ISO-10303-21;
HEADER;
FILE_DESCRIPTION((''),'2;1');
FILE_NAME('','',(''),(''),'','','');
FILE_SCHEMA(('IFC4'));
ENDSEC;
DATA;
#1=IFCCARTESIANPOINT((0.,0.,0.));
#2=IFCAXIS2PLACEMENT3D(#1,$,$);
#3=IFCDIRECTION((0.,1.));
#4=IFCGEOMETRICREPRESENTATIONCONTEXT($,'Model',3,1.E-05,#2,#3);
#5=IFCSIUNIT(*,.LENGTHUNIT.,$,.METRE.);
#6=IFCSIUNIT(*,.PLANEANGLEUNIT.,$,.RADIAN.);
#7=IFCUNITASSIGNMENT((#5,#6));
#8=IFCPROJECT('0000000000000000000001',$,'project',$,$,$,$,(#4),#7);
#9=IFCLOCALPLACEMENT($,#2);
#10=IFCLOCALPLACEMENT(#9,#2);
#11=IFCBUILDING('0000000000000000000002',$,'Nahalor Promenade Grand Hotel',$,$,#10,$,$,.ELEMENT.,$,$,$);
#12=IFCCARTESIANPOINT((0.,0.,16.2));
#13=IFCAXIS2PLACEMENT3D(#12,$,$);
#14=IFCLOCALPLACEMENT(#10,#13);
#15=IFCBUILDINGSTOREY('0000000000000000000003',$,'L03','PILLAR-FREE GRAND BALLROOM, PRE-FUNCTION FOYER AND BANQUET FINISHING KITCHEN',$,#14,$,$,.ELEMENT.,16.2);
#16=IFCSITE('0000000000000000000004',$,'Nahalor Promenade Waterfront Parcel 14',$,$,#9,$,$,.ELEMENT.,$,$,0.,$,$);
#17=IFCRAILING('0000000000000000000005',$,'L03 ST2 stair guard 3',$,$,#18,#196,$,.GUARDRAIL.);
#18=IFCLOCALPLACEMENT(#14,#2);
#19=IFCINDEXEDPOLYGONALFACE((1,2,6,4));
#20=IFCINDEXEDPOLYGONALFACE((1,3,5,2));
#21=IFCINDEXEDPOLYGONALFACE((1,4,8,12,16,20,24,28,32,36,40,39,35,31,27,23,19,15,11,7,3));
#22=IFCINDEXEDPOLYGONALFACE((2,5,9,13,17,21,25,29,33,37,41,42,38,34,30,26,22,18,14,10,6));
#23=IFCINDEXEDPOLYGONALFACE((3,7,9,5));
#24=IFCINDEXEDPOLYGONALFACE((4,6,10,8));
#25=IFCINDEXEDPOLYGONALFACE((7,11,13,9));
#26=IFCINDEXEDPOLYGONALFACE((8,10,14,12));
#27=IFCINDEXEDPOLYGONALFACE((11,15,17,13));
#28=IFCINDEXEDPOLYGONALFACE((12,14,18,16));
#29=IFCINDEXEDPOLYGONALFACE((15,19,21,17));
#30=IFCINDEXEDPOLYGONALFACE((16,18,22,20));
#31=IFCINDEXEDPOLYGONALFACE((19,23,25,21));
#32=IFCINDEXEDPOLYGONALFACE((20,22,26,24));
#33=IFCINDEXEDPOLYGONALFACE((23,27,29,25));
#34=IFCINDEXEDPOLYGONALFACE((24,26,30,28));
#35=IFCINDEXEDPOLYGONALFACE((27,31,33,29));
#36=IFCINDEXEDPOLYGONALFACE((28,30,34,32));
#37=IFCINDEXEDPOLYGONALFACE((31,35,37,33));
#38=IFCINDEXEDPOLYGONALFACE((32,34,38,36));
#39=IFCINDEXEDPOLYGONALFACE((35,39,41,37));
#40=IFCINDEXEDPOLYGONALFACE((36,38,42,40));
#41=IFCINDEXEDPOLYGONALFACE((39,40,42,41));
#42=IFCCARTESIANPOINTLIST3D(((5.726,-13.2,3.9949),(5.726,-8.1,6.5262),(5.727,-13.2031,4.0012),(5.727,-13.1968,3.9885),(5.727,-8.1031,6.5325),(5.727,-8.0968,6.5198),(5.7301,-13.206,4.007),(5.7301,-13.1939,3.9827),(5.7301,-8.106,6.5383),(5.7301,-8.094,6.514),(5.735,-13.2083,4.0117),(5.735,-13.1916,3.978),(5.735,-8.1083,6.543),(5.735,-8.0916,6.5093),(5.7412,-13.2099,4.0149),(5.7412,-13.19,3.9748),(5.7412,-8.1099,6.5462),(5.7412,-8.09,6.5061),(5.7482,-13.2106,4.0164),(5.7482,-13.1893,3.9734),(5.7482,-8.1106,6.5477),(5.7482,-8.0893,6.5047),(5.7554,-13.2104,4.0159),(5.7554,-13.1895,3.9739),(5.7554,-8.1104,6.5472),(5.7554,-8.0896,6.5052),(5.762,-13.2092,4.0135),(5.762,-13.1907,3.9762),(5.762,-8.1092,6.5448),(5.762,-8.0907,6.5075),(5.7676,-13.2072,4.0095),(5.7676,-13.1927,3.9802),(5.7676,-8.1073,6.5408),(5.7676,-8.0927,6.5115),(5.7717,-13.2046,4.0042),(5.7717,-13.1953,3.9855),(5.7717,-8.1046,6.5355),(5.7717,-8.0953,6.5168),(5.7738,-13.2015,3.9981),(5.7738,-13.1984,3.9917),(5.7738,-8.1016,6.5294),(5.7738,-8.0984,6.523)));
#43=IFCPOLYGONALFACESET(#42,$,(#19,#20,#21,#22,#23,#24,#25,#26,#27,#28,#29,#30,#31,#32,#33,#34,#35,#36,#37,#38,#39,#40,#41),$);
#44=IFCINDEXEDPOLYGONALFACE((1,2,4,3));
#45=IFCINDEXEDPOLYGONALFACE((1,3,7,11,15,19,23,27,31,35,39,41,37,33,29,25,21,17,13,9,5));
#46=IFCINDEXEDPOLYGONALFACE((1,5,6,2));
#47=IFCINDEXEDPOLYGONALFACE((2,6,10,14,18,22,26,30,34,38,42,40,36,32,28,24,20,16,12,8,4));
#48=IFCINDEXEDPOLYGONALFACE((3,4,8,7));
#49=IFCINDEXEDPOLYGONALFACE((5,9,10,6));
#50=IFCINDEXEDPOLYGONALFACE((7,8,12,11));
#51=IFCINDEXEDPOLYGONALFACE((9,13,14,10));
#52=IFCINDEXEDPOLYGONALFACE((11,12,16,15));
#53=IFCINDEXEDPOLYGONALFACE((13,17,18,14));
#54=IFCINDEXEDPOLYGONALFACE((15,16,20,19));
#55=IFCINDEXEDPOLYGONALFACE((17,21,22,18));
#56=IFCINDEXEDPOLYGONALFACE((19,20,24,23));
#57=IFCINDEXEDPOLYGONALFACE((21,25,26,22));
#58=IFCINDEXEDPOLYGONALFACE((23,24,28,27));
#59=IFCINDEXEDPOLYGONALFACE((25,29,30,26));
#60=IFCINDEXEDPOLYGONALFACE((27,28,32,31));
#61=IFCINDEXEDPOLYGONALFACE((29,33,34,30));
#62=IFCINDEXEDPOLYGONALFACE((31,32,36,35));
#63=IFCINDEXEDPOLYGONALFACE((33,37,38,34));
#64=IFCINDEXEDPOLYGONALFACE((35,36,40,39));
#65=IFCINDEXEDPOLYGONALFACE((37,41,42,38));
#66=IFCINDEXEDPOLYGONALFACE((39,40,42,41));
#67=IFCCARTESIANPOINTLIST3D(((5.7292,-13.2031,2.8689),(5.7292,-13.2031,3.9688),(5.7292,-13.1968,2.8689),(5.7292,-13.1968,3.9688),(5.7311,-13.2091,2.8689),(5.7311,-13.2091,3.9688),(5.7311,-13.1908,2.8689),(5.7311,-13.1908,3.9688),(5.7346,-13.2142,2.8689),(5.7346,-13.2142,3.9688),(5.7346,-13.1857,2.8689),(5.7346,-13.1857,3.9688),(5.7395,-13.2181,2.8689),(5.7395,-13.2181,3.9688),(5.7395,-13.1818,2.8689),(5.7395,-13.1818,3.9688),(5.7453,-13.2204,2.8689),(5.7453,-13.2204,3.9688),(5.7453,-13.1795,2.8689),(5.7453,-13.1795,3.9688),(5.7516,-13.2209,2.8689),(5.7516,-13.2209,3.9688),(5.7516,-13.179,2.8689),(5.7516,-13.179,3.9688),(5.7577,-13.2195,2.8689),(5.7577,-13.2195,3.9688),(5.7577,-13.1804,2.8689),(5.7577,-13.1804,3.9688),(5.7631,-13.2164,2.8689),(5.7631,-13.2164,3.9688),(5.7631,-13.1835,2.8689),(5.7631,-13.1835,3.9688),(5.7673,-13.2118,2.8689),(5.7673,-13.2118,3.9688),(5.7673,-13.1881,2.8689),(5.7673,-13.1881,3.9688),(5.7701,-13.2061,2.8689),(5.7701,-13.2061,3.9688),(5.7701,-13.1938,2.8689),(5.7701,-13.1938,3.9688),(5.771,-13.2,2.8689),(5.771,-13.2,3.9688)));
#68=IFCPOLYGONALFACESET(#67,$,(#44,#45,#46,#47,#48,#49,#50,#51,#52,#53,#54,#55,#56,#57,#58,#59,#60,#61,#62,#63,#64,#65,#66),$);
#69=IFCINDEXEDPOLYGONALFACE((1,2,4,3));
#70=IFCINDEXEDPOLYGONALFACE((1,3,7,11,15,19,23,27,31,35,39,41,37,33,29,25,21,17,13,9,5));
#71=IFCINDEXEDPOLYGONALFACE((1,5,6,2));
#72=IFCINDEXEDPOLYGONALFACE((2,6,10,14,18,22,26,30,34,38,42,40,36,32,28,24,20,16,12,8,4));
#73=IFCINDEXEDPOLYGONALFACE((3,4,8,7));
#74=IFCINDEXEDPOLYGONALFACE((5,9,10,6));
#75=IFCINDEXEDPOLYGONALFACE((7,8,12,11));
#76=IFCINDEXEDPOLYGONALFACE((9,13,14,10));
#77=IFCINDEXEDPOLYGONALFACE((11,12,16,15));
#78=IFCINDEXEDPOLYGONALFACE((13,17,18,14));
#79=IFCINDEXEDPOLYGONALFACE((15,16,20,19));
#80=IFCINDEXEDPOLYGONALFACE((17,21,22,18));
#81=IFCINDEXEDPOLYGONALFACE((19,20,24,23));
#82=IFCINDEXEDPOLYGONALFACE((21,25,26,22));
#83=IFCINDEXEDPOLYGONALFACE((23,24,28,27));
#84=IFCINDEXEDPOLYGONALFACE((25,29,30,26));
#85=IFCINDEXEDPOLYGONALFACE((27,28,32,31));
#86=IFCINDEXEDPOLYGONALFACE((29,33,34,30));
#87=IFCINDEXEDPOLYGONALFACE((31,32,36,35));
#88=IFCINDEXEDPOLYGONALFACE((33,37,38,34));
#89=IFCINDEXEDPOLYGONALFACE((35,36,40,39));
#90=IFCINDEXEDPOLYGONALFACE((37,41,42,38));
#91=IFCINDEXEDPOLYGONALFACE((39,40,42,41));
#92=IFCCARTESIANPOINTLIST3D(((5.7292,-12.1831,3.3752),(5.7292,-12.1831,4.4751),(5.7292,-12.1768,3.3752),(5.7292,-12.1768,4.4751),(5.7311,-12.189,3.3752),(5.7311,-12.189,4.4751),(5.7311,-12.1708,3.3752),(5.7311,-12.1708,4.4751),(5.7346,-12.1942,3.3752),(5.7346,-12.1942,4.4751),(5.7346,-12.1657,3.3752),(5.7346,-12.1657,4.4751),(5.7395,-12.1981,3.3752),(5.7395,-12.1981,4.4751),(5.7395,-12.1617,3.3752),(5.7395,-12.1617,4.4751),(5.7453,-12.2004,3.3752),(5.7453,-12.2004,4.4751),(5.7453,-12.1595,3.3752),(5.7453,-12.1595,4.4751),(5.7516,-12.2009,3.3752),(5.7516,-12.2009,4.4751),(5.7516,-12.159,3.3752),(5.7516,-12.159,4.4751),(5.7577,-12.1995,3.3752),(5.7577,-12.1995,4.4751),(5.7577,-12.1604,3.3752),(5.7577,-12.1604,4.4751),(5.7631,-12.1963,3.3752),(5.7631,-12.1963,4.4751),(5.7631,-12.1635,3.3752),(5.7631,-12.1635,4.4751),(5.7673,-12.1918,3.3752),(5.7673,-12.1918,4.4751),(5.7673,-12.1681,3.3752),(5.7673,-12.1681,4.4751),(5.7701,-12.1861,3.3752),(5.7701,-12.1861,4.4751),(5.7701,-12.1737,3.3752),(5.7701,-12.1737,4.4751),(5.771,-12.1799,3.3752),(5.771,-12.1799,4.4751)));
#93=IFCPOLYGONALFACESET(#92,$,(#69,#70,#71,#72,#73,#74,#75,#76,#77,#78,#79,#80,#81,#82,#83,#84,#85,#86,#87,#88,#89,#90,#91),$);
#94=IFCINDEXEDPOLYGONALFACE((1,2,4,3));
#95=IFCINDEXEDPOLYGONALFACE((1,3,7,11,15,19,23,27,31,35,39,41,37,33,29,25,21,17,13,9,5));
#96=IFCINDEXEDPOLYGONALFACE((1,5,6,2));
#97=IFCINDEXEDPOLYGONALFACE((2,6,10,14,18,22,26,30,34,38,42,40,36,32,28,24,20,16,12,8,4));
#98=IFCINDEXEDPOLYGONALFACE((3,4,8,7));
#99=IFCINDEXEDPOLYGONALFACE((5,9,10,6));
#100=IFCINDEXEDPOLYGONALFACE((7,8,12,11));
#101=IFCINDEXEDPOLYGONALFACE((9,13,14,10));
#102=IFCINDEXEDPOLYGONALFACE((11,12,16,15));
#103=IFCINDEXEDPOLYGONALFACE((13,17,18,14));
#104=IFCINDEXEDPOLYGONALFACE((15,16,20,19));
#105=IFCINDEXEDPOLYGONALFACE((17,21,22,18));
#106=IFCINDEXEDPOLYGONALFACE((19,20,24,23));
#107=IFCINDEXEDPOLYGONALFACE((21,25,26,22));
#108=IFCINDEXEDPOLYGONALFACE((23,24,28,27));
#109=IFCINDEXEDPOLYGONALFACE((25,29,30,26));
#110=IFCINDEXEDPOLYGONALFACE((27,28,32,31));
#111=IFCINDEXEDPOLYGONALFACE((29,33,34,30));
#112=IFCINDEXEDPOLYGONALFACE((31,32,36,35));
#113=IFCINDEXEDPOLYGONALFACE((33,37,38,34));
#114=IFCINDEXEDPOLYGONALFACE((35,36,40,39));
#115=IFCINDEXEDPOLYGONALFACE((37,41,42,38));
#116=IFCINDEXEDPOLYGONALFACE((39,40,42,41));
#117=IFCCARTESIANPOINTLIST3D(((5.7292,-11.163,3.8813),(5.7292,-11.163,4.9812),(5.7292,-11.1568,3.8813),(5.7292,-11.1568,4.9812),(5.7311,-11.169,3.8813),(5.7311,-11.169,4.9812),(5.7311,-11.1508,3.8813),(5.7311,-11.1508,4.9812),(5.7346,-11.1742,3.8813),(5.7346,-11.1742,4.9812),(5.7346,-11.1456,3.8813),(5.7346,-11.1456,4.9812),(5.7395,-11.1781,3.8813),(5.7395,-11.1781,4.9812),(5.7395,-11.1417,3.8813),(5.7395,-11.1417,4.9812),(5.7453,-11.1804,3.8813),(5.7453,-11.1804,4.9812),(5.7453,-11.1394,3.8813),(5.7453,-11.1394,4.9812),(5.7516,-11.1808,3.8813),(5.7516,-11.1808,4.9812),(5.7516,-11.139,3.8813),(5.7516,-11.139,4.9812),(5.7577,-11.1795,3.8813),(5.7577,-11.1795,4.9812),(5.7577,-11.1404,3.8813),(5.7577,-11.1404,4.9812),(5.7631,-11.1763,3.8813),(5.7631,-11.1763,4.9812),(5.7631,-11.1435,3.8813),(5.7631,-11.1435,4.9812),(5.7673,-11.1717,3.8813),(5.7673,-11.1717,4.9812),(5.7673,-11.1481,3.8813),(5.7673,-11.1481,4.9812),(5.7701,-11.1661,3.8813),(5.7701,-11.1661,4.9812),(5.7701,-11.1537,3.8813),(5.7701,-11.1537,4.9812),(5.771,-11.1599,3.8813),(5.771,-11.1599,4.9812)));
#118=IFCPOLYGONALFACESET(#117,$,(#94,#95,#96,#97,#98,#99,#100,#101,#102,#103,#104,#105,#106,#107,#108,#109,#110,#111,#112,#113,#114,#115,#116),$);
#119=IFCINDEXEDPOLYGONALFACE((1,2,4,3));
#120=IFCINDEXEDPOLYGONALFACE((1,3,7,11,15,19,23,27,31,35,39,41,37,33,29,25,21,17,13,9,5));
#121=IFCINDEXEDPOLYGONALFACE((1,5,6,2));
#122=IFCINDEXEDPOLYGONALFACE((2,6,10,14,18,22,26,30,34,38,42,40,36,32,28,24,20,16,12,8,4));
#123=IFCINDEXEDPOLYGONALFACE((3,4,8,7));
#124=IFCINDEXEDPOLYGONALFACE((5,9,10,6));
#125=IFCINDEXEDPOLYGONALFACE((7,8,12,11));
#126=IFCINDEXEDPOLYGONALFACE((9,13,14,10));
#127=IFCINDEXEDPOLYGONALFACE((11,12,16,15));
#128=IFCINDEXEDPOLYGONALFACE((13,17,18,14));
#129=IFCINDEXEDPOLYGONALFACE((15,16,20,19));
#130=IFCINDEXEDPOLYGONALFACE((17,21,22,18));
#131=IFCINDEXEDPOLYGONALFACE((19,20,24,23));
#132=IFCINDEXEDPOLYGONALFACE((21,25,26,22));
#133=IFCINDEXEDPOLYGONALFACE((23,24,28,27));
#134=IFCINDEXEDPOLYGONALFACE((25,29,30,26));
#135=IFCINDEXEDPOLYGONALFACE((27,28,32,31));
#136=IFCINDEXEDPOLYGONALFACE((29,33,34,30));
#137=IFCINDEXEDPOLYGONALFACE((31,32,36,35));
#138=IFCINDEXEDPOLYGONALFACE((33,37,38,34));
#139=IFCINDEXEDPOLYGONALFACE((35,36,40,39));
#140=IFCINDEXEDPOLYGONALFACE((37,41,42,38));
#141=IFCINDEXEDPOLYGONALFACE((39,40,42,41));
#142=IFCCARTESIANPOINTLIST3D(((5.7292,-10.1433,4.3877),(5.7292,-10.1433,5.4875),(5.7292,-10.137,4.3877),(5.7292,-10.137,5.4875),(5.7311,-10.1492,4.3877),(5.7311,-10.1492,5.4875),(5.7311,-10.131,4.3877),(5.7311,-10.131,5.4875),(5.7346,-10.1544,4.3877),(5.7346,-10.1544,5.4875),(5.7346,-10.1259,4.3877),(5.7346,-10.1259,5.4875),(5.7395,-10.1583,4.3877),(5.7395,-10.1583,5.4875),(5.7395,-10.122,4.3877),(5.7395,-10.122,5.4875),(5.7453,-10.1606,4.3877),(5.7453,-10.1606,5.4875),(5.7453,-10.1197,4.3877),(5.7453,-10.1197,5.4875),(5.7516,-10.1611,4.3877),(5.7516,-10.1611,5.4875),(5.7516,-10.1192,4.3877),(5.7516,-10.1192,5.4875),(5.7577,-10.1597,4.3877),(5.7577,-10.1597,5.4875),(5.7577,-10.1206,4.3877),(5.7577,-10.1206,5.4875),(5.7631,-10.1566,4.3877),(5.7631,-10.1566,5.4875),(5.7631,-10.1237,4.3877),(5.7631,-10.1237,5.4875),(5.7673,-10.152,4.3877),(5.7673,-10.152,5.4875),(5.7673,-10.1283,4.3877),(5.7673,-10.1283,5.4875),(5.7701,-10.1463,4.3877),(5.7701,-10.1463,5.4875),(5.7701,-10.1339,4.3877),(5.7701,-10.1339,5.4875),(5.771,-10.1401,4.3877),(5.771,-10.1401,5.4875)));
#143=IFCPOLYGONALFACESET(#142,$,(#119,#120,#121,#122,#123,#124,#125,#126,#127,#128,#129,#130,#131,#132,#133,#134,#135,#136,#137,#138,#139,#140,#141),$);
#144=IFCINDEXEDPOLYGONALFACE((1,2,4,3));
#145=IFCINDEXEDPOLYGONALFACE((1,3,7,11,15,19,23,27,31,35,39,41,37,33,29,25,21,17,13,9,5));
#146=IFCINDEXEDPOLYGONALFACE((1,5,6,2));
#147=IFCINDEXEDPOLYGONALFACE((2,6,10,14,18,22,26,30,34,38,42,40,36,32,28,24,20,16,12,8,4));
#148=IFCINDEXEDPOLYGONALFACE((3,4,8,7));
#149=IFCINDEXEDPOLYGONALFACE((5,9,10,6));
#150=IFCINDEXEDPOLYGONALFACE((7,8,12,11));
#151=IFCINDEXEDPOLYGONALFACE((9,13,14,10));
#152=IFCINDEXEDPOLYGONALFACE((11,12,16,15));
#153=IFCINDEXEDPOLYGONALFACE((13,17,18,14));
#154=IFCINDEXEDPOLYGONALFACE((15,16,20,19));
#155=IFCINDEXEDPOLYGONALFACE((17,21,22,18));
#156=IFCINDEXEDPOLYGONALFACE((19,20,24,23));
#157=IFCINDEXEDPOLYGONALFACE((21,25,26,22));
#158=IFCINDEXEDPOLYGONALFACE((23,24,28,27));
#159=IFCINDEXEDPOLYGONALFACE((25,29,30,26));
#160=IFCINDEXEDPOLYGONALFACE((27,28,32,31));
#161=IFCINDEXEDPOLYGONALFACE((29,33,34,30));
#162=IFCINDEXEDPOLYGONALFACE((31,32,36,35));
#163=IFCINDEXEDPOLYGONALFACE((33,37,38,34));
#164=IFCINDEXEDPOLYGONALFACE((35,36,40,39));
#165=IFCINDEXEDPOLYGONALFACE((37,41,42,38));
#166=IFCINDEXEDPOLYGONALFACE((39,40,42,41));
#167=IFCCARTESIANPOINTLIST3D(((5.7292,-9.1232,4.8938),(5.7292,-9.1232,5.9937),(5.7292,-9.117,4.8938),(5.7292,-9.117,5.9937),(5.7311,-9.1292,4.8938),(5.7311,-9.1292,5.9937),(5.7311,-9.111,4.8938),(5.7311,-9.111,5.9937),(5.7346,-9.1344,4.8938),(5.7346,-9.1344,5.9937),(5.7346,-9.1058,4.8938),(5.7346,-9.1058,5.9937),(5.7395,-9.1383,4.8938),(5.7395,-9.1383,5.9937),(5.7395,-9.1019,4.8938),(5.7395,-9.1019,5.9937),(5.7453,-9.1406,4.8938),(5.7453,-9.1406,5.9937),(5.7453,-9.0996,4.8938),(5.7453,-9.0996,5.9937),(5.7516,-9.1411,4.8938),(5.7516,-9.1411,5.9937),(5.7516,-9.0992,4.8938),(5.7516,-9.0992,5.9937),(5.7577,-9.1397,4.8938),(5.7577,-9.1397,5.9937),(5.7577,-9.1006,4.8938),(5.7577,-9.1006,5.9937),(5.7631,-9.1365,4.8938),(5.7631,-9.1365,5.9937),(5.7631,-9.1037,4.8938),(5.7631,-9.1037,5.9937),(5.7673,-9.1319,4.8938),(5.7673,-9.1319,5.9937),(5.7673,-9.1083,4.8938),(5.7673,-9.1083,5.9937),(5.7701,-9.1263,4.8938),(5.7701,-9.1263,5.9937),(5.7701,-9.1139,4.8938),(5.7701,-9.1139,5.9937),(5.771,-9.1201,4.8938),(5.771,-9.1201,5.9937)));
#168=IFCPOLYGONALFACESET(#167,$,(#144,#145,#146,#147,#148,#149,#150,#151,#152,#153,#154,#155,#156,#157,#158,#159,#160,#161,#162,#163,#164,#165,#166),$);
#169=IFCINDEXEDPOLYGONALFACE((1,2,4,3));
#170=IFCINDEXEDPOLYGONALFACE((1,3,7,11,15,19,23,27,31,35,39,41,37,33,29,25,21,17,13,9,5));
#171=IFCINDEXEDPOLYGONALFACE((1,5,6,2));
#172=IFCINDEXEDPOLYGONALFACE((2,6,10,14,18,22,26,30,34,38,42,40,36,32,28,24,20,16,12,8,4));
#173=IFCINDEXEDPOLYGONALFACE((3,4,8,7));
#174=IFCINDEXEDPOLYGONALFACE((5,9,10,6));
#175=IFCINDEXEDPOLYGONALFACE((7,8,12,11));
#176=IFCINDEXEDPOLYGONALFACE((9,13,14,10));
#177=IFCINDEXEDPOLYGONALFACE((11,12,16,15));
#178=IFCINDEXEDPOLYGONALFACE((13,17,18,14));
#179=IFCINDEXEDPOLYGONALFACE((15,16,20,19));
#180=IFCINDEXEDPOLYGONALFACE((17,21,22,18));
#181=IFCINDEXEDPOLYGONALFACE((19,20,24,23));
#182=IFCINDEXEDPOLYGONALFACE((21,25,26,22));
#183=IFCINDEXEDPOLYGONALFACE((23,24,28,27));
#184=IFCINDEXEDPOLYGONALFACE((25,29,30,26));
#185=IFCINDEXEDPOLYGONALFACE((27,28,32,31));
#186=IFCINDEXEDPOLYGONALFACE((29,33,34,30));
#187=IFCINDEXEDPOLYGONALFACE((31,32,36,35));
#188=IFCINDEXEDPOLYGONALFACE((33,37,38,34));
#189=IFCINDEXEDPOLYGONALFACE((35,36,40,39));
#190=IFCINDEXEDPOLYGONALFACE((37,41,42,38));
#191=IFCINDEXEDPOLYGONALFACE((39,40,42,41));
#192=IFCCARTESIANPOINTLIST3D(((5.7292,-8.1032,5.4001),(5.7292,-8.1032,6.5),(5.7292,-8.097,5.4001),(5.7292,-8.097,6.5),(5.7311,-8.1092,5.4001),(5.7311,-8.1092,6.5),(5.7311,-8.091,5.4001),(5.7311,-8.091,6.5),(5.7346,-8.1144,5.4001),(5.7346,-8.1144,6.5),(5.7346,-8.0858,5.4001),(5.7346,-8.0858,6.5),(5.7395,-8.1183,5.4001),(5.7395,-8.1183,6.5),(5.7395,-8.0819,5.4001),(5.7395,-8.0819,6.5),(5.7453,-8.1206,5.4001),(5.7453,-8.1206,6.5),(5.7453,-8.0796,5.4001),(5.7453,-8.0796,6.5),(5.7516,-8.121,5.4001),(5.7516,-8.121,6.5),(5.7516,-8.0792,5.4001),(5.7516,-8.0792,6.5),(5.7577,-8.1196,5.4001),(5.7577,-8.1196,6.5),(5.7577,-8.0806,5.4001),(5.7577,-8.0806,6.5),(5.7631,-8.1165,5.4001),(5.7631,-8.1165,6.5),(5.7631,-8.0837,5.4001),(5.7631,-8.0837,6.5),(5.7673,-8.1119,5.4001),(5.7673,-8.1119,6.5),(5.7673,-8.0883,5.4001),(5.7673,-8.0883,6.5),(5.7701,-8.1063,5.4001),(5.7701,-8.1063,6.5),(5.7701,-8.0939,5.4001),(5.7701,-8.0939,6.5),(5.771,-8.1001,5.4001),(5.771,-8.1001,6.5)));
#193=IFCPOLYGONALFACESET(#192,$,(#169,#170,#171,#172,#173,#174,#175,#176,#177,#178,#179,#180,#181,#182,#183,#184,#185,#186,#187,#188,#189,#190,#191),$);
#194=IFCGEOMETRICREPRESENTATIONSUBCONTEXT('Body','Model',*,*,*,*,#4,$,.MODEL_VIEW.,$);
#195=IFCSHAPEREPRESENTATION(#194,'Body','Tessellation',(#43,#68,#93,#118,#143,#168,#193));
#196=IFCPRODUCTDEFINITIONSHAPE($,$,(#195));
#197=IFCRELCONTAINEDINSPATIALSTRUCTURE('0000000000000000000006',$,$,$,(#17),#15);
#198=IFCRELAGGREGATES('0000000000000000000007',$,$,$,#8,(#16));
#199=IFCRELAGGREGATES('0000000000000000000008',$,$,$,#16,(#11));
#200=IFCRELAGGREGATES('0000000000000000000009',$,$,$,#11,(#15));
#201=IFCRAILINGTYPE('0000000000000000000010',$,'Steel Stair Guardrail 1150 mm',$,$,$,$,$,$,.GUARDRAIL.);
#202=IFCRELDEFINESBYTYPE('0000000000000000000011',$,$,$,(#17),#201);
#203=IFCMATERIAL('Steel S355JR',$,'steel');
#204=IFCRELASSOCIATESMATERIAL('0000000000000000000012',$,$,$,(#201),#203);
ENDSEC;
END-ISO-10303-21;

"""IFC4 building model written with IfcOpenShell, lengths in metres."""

from ifc_helpers import new_model, si_unit, direction, frame, origin, origin_2d, place, context, subcontext, project, spatial, circle, extrude, material, type_object, element, save


model = new_model("IFC4")

# Units and contexts
model_context = context("Model", 3, precision=1e-05, world=origin(), true_north=direction((0.0, 1.0)))
body_context = subcontext(model_context, "Body", "Model", "MODEL_VIEW")
ifc_project = project(units=[si_unit("LENGTHUNIT", "METRE"), si_unit("PLANEANGLEUNIT", "RADIAN")], contexts=[model_context])

# Site, building, storey
site_placement = place(None, origin())
site = spatial("IfcSite", under=ifc_project, at=site_placement, Name="Nahalor Promenade Waterfront Parcel 14", CompositionType="ELEMENT", RefElevation=0.0)
building_placement = place(site_placement, origin())
building = spatial("IfcBuilding", under=site, at=building_placement, Name="Nahalor Promenade Grand Hotel", CompositionType="ELEMENT")
storey_placement = place(building_placement, frame((0.0, 0.0, 16.2)))
storey = spatial("IfcBuildingStorey", under=building, at=storey_placement, Name="L03", Description="PILLAR-FREE GRAND BALLROOM, PRE-FUNCTION FOYER AND BANQUET FINISHING KITCHEN", CompositionType="ELEMENT", Elevation=16.2)

# Shared definitions
ifc_material_1 = material(Name="Steel S355JR", Category="steel")

# Railing
railing_type_1 = type_object("IfcRailingType", Name="Steel Stair Guardrail 1150 mm", PredefinedType="GUARDRAIL", material=ifc_material_1)
railing_1_placement = place(storey_placement, frame((5.75, -13.2, 2.8689)))
element("IfcRailing", 1, at=railing_1_placement, inside=storey, type_object=railing_type_1, Name="L03 ST2 stair guard 3", PredefinedType="GUARDRAIL", context=body_context, shape_type="SweptSolid", body=[
    extrude(circle(Radius=0.024, at=origin_2d()), frame((0.0, 0.0, 1.126), z_axis=(0.0, 0.895735, 0.444587), x_axis=(-1.0, 0.0, 0.0)), (0.0, 0.0, 1.0), 5.6936),
    extrude(circle(Radius=0.021, at=origin_2d()), origin(), (0.0, 0.0, 1.0), 1.0999),
    extrude(circle(Radius=0.021, at=origin_2d()), frame((0.0, 1.02, 0.5063)), (0.0, 0.0, 1.0), 1.0999),
    extrude(circle(Radius=0.021, at=origin_2d()), frame((0.0, 2.04, 1.0125)), (0.0, 0.0, 1.0), 1.0999),
    extrude(circle(Radius=0.021, at=origin_2d()), frame((0.0, 3.0598, 1.5188)), (0.0, 0.0, 1.0), 1.0999),
    extrude(circle(Radius=0.021, at=origin_2d()), frame((0.0, 4.0798, 2.0249)), (0.0, 0.0, 1.0), 1.0999),
    extrude(circle(Radius=0.021, at=origin_2d()), frame((0.0, 5.0999, 2.5312)), (0.0, 0.0, 1.0), 1.0999),
])

save(model, "model.ifc")
